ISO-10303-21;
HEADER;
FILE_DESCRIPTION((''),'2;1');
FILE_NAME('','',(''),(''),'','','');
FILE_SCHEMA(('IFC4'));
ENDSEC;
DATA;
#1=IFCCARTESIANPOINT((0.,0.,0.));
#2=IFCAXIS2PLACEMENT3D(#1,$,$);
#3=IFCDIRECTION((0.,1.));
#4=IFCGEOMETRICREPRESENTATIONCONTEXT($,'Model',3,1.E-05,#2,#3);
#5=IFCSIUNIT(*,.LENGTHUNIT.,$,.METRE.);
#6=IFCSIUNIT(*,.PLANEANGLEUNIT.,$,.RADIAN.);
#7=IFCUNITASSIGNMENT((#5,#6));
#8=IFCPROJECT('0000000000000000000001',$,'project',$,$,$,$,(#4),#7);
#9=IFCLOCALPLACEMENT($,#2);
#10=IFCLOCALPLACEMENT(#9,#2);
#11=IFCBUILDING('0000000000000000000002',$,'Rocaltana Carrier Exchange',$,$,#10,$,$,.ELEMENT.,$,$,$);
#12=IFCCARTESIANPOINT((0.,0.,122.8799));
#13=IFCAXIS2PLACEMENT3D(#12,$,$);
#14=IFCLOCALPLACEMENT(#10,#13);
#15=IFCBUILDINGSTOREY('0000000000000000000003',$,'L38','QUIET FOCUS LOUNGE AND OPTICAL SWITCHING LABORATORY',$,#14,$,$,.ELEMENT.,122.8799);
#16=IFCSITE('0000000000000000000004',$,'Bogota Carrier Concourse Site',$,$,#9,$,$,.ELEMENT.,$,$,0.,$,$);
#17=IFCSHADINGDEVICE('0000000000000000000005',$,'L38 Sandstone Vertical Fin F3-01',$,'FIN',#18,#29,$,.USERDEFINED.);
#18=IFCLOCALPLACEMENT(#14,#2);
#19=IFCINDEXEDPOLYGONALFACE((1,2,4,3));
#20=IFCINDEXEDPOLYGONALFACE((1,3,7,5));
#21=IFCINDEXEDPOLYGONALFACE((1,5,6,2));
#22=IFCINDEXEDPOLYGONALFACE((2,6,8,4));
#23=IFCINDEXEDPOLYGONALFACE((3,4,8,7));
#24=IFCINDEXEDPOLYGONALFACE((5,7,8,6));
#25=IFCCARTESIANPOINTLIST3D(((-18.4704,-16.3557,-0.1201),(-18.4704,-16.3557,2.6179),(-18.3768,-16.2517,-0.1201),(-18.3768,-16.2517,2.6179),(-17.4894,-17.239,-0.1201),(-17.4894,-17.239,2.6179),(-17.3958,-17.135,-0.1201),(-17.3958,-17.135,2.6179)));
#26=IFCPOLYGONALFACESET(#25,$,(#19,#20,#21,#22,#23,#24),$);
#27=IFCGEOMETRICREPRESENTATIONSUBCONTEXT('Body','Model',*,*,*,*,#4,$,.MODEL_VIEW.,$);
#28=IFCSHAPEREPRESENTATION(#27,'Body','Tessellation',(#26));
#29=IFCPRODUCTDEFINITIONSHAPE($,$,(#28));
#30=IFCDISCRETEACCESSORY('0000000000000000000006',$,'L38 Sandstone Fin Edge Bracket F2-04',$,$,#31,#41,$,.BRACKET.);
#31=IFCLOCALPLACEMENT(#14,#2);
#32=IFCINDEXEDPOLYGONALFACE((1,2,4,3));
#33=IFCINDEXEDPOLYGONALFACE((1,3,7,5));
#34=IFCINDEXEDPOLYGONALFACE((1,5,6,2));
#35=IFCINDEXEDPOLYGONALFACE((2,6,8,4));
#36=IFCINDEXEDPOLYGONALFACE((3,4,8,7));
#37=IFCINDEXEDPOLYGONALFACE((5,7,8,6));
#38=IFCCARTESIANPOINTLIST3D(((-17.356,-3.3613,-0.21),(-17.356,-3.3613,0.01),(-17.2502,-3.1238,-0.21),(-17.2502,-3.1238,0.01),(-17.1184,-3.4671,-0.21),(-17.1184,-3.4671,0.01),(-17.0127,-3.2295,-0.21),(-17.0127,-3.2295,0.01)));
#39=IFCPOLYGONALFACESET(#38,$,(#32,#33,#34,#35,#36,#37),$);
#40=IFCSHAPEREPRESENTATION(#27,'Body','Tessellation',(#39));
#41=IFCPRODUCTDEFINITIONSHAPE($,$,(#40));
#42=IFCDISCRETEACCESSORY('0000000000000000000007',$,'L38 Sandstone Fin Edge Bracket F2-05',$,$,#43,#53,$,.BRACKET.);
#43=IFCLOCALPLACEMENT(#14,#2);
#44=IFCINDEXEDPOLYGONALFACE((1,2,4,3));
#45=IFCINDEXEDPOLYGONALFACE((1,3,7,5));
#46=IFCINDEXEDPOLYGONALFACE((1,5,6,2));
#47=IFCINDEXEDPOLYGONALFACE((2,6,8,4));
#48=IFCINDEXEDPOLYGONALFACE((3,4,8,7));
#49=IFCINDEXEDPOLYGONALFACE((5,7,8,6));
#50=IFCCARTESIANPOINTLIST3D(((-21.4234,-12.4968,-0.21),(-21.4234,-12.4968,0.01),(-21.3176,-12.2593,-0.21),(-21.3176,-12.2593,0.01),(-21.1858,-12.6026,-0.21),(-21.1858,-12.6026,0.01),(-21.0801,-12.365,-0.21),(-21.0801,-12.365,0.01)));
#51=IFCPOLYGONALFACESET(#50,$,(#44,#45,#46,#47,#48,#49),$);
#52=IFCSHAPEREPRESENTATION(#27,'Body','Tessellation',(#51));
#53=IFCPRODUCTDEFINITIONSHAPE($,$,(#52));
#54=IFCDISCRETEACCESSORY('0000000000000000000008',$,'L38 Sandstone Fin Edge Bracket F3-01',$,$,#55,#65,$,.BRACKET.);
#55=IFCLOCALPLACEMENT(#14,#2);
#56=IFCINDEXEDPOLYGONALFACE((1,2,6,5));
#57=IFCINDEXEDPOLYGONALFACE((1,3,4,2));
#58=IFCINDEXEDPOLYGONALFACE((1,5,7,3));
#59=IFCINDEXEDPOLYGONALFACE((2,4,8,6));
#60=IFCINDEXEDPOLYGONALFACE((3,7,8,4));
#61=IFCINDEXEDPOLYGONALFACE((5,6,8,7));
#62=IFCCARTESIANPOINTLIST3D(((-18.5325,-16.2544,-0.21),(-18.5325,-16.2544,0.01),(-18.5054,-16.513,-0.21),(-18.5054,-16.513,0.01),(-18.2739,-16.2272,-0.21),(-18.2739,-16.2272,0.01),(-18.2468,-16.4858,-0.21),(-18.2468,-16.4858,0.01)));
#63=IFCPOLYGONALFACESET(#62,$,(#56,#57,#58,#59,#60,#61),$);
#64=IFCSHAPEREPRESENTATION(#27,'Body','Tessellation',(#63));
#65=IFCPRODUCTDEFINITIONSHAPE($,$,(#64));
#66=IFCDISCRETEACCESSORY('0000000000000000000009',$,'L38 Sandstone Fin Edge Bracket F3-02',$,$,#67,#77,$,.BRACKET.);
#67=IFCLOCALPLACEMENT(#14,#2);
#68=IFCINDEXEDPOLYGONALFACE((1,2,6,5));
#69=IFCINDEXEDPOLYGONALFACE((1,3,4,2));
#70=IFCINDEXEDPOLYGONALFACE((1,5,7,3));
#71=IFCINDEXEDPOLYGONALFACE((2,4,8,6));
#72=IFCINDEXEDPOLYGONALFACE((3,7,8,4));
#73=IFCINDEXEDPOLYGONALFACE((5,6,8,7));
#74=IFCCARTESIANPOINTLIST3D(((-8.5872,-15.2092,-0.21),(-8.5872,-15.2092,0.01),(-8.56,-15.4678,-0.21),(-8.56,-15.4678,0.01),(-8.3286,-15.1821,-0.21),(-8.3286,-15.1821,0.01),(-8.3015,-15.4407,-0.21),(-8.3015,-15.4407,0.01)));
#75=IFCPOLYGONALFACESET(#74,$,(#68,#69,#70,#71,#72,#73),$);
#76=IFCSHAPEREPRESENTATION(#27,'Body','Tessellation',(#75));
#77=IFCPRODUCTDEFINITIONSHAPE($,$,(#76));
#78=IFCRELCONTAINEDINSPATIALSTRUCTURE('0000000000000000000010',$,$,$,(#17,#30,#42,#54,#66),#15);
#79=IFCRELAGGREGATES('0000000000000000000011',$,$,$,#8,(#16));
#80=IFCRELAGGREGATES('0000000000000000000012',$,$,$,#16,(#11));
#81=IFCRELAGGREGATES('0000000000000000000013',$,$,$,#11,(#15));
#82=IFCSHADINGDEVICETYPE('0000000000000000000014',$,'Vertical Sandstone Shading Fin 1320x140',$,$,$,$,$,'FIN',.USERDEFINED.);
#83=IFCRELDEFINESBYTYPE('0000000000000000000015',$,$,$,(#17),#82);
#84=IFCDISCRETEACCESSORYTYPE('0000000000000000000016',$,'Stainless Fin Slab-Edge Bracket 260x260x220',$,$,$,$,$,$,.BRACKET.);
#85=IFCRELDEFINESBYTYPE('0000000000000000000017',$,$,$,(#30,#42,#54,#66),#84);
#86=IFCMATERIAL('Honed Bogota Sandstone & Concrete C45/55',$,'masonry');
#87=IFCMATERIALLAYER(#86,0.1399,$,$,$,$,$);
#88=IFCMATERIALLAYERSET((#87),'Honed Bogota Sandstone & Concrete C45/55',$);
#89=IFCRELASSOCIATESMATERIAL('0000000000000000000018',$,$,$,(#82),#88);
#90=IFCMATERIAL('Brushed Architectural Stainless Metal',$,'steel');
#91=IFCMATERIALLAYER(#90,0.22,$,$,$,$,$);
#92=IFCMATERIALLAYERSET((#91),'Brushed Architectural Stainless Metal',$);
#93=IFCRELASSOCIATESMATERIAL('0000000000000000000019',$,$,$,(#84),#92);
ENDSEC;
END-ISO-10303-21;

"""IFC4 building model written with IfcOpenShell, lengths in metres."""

from ifc_helpers import new_model, si_unit, direction, frame, origin, origin_2d, place, context, subcontext, project, spatial, rectangle, extrude, material, layer, layer_set, type_object, element, save


model = new_model("IFC4")

# Units and contexts
model_context = context("Model", 3, precision=1e-05, world=origin(), true_north=direction((0.0, 1.0)))
body_context = subcontext(model_context, "Body", "Model", "MODEL_VIEW")
ifc_project = project(units=[si_unit("LENGTHUNIT", "METRE"), si_unit("PLANEANGLEUNIT", "RADIAN")], contexts=[model_context])

# Site, building, storey
site_placement = place(None, origin())
site = spatial("IfcSite", under=ifc_project, at=site_placement, Name="Bogota Carrier Concourse Site", CompositionType="ELEMENT", RefElevation=0.0)
building_placement = place(site_placement, origin())
building = spatial("IfcBuilding", under=site, at=building_placement, Name="Rocaltana Carrier Exchange", CompositionType="ELEMENT")
storey_placement = place(building_placement, frame((0.0, 0.0, 122.8799)))
storey = spatial("IfcBuildingStorey", under=building, at=storey_placement, Name="L38", Description="QUIET FOCUS LOUNGE AND OPTICAL SWITCHING LABORATORY", CompositionType="ELEMENT", Elevation=122.8799)

# Shading device
ifc_material_1 = material(Name="Honed Bogota Sandstone & Concrete C45/55", Category="masonry")
ifc_layer_1 = layer(ifc_material_1, 0.1399)
ifc_layer_set_1 = layer_set([ifc_layer_1], Name="Honed Bogota Sandstone & Concrete C45/55")
shading_device_type = type_object("IfcShadingDeviceType", Name="Vertical Sandstone Shading Fin 1320x140", ElementType="FIN", PredefinedType="USERDEFINED", material=ifc_layer_set_1)
for number, where, z_axis, x_axis, name in (
    (1, (-17.9331, -16.7454, -0.1201), (0.0, 0.0, 1.0), (0.743145, -0.669131, 0.0), "L38 Sandstone Vertical Fin F3-01"),
):
    element("IfcShadingDevice", number, at=place(storey_placement, frame(where, z_axis=z_axis, x_axis=x_axis)), inside=storey, type_object=shading_device_type, Name=name, ObjectType="FIN", PredefinedType="USERDEFINED", context=body_context, shape_type="SweptSolid", body=[
        extrude(rectangle(XDim=1.3201, YDim=0.1399, at=origin_2d()), origin(), (0.0, 0.0, 1.0), 2.738),
    ])

# Discrete accessories
ifc_material_2 = material(Name="Brushed Architectural Stainless Metal", Category="steel")
ifc_layer_2 = layer(ifc_material_2, 0.22)
ifc_layer_set_2 = layer_set([ifc_layer_2], Name="Brushed Architectural Stainless Metal")
discrete_accessory_type = type_object("IfcDiscreteAccessoryType", Name="Stainless Fin Slab-Edge Bracket 260x260x220", PredefinedType="BRACKET", material=ifc_layer_set_2)
for number, where, z_axis, x_axis, name in (
    (2, (-17.1843, -3.2954, -0.21), (0.0, 0.0, 1.0), (-0.406737, -0.913545, 0.0), "L38 Sandstone Fin Edge Bracket F2-04"),
    (3, (-21.2517, -12.4309, -0.21), (0.0, 0.0, 1.0), (-0.406737, -0.913545, 0.0), "L38 Sandstone Fin Edge Bracket F2-05"),
    (4, (-18.3896, -16.3701, -0.21), (0.0, 0.0, 1.0), (0.994522, 0.104528, 0.0), "L38 Sandstone Fin Edge Bracket F3-01"),
    (5, (-8.4443, -15.325, -0.21), (0.0, 0.0, 1.0), (0.994522, 0.104528, 0.0), "L38 Sandstone Fin Edge Bracket F3-02"),
):
    element("IfcDiscreteAccessory", number, at=place(storey_placement, frame(where, z_axis=z_axis, x_axis=x_axis)), inside=storey, type_object=discrete_accessory_type, Name=name, PredefinedType="BRACKET", context=body_context, shape_type="SweptSolid", body=[
        extrude(rectangle(XDim=0.26, YDim=0.26, at=origin_2d()), origin(), (0.0, 0.0, 1.0), 0.22),
    ])

save(model, "model.ifc")
